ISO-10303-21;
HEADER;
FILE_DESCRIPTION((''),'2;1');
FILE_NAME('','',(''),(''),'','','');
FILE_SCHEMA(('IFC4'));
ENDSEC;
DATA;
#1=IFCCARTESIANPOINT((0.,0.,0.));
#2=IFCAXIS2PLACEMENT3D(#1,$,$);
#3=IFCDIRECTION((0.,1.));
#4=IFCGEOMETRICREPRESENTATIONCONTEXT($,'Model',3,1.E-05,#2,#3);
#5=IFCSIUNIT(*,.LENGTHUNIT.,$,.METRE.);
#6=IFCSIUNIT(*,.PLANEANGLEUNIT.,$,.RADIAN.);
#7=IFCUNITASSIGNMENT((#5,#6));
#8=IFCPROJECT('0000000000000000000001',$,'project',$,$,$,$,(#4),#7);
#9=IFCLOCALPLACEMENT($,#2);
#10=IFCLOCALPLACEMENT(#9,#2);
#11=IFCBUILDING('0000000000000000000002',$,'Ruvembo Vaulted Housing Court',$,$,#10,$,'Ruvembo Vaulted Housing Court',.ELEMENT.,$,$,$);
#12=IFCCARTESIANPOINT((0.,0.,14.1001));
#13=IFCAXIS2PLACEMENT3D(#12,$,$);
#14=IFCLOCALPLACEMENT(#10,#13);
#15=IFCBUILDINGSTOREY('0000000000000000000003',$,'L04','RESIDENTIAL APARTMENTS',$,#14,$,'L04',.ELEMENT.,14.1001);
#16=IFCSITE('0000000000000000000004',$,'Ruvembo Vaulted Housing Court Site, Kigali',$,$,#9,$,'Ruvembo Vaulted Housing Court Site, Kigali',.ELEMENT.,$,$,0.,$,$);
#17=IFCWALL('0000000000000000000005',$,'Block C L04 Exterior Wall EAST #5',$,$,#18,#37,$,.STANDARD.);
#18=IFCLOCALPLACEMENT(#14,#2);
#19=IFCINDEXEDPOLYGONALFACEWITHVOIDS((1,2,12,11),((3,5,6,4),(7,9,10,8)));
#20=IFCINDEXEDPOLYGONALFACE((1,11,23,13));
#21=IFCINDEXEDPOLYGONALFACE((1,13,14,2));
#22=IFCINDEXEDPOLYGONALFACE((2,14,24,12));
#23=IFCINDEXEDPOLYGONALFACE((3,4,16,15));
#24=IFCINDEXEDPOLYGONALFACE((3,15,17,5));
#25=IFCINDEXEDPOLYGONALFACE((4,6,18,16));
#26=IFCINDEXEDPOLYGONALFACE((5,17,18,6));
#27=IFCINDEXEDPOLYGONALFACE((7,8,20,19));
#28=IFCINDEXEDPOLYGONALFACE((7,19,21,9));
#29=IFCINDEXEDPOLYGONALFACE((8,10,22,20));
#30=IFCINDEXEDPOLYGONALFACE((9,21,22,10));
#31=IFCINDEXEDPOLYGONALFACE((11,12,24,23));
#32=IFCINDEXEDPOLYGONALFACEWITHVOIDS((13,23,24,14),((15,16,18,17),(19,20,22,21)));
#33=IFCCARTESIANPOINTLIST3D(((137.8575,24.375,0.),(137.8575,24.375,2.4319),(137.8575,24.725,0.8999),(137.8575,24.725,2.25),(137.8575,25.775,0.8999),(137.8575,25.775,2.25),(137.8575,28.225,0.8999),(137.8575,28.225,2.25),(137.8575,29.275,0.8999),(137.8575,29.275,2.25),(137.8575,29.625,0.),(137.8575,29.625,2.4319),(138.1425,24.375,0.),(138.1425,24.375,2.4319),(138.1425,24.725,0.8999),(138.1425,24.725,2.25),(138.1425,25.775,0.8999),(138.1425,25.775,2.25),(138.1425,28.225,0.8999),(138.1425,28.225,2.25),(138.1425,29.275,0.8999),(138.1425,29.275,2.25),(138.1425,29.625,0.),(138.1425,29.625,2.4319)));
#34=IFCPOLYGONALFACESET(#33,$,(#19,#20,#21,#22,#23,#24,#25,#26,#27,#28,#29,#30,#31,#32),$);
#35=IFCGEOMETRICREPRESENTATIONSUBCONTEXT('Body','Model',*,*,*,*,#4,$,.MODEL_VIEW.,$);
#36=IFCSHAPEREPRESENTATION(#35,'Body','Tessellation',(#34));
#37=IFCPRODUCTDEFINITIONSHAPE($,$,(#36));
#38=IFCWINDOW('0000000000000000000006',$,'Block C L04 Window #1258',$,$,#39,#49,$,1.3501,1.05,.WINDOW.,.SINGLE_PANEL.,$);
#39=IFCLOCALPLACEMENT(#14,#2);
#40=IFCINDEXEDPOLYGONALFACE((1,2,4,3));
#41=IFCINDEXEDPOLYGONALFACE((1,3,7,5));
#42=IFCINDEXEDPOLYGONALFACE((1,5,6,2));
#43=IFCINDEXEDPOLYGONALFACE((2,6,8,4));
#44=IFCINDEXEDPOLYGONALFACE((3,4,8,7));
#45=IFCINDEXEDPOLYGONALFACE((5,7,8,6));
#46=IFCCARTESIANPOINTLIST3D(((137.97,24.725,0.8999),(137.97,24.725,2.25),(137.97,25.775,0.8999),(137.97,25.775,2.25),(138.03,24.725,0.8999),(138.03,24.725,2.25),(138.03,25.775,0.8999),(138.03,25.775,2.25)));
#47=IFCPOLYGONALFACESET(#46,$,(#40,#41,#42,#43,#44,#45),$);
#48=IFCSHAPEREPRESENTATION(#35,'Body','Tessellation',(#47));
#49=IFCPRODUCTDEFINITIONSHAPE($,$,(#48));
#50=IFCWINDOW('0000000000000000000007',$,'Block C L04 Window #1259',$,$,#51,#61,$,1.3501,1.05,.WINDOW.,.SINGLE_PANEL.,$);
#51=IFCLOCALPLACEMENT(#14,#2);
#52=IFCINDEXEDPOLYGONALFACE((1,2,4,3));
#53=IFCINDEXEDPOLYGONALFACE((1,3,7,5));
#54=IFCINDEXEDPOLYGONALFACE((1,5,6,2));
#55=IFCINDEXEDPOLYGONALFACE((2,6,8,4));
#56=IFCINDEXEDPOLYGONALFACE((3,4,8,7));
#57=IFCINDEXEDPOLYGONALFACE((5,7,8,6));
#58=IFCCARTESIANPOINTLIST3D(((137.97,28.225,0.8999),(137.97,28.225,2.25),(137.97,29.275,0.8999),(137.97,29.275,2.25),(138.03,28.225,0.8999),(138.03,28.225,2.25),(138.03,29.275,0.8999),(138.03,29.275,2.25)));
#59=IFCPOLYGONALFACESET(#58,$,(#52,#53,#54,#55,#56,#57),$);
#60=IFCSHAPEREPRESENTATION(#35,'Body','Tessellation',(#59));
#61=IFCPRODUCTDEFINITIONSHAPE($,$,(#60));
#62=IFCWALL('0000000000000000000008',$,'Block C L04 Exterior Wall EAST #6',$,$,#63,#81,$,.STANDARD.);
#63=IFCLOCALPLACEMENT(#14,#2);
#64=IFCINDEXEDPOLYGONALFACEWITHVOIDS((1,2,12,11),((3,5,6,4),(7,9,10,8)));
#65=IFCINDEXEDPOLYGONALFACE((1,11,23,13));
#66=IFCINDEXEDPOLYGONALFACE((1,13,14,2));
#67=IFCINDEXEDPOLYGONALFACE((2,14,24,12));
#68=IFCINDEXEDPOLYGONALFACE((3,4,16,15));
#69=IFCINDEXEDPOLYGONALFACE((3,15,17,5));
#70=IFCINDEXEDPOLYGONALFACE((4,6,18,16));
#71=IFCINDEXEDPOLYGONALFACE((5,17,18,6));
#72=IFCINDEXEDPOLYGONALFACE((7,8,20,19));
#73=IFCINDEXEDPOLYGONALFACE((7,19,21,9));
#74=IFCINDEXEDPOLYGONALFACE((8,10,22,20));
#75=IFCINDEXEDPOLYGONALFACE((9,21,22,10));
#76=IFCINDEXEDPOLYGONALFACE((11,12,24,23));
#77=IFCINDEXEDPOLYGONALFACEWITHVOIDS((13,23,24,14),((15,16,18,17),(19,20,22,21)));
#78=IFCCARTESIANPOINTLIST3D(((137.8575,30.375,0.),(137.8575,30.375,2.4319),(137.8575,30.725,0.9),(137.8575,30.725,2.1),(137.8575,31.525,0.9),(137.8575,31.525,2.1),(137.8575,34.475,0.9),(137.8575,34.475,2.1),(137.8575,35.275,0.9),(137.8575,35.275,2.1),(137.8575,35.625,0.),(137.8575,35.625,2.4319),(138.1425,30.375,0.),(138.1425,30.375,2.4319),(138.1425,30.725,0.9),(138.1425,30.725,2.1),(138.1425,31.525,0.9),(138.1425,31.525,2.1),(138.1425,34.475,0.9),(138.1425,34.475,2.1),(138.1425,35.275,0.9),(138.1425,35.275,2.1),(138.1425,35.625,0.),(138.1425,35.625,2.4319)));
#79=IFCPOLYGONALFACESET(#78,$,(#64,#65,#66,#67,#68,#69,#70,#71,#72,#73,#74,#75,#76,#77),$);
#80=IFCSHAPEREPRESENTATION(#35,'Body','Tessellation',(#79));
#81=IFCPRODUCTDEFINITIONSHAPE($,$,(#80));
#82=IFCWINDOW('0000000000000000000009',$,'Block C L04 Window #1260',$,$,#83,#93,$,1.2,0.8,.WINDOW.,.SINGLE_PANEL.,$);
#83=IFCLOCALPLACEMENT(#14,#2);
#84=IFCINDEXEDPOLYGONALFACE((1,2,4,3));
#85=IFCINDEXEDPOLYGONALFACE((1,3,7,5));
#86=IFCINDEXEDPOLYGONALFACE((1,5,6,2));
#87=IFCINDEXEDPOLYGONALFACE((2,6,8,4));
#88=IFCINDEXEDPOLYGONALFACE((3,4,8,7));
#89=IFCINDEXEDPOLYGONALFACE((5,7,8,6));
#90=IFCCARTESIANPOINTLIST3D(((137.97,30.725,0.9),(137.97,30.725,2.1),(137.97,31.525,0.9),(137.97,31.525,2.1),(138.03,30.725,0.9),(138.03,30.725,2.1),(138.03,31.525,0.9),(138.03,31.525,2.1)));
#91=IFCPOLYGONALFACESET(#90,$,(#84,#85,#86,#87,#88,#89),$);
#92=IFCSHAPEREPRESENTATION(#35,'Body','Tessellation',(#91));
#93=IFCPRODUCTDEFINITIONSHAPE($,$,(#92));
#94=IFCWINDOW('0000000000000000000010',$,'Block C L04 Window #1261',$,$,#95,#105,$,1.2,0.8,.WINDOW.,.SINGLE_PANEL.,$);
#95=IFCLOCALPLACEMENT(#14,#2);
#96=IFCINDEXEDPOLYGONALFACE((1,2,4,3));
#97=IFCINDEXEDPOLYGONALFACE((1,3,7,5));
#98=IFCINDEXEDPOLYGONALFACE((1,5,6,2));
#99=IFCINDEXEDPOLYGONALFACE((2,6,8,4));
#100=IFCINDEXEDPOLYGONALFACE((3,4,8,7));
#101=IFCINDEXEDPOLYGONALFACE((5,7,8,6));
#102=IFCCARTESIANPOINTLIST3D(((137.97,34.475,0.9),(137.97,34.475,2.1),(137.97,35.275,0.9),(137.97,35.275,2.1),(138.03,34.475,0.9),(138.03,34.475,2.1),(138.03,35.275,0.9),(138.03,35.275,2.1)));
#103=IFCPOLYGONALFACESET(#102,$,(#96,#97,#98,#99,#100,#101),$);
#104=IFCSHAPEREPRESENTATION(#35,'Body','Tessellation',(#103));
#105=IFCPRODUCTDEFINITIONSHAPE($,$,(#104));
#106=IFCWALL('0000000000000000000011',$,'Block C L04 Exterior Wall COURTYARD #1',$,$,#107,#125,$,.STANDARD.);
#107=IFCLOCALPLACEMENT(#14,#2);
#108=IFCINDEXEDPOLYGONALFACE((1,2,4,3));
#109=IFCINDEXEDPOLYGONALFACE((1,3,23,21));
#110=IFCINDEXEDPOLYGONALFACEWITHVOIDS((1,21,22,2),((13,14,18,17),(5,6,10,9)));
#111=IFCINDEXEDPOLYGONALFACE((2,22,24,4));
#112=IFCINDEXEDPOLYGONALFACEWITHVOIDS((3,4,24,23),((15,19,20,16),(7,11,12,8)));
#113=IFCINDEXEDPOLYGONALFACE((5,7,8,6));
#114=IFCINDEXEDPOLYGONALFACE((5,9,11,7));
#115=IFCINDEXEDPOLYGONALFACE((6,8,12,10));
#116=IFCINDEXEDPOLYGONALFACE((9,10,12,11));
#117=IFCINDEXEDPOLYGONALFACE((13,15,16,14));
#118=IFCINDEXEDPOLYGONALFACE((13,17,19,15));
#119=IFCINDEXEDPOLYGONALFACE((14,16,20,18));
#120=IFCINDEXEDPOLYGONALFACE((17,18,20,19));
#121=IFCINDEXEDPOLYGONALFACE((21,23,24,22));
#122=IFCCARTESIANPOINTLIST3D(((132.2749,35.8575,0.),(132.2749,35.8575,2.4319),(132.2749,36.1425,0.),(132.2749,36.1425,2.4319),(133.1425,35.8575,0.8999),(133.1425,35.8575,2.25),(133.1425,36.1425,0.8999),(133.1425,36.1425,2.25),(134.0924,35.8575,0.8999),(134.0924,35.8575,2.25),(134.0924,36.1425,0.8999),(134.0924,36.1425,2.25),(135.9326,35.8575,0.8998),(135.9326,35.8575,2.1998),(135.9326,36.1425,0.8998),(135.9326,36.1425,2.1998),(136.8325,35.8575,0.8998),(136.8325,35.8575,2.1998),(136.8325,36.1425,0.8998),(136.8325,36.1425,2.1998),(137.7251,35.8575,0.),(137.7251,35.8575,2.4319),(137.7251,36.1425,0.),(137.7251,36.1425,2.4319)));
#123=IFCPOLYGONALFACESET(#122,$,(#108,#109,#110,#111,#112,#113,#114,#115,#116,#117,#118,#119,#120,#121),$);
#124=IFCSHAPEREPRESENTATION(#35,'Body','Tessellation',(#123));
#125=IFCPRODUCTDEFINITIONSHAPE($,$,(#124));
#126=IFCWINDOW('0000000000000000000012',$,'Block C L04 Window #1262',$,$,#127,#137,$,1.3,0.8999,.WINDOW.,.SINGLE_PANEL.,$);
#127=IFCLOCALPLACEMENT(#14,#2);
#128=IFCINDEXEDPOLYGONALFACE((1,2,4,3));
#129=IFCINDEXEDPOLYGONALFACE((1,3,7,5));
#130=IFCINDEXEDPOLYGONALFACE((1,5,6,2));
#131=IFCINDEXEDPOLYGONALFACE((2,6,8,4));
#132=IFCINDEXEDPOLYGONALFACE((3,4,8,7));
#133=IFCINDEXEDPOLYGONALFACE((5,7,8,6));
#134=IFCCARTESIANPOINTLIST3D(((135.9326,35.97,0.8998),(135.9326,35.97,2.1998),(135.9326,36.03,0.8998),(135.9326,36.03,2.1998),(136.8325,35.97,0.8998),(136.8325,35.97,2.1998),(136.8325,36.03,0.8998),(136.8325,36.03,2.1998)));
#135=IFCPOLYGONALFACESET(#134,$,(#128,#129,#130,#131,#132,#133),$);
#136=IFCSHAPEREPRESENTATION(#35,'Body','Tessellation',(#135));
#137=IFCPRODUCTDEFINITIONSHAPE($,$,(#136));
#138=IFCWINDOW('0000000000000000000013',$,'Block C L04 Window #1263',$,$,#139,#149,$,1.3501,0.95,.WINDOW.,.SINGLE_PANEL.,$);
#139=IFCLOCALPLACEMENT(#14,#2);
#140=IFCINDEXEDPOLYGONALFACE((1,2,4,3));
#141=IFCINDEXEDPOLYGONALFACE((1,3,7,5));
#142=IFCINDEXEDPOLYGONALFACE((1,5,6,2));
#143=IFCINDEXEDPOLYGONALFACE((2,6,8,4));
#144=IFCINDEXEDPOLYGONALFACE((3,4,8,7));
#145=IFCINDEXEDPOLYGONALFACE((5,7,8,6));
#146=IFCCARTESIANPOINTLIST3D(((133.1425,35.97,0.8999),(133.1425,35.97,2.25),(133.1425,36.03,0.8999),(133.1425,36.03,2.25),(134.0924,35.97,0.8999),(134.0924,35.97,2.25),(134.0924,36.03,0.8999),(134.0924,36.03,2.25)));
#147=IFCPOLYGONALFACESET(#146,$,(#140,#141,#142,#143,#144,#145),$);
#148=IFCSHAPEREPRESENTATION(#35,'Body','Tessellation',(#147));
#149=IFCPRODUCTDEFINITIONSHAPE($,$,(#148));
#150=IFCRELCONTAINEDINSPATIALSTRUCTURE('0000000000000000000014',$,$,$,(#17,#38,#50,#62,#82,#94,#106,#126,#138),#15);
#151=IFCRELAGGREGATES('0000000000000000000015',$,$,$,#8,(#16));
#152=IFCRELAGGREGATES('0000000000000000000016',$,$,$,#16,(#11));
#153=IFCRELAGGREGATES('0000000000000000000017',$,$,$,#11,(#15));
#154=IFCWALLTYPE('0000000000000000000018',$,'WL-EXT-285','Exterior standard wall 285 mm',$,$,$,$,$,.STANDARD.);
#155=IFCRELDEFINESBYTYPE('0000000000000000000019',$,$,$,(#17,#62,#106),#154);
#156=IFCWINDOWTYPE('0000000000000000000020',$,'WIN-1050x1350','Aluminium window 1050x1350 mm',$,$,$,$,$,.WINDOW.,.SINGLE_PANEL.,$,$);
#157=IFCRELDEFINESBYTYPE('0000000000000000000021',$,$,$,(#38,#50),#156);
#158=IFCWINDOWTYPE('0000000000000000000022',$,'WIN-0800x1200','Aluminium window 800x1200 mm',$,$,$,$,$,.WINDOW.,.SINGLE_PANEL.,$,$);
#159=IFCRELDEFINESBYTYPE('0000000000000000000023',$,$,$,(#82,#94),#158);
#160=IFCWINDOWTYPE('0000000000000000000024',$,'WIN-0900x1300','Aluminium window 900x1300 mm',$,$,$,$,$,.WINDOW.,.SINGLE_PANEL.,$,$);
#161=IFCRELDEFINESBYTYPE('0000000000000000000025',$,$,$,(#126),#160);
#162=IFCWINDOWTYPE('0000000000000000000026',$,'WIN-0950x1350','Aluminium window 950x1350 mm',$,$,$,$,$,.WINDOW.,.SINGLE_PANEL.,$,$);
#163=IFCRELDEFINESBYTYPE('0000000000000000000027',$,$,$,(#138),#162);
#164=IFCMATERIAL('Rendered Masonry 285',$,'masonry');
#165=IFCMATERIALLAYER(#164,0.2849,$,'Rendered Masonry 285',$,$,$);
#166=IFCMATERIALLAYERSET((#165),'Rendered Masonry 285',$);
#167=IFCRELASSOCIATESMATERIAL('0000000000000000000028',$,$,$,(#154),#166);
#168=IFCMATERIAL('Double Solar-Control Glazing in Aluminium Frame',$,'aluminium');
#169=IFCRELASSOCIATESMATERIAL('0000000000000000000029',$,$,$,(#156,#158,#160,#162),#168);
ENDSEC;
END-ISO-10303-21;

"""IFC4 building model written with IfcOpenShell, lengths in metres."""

from ifc_helpers import new_model, si_unit, direction, frame, frame_2d, origin, place, context, subcontext, project, spatial, rectangle, extrude, material, layer, layer_set, type_object, element, fill, save


model = new_model("IFC4")

# Units and contexts
model_context = context("Model", 3, precision=1e-05, world=origin(), true_north=direction((0.0, 1.0)))
body_context = subcontext(model_context, "Body", "Model", "MODEL_VIEW")
ifc_project = project(units=[si_unit("LENGTHUNIT", "METRE"), si_unit("PLANEANGLEUNIT", "RADIAN")], contexts=[model_context])

# Site, building, storey
site_placement = place(None, origin())
site = spatial("IfcSite", under=ifc_project, at=site_placement, Name="Ruvembo Vaulted Housing Court Site, Kigali", LongName="Ruvembo Vaulted Housing Court Site, Kigali", CompositionType="ELEMENT", RefElevation=0.0)
building_placement = place(site_placement, origin())
building = spatial("IfcBuilding", under=site, at=building_placement, Name="Ruvembo Vaulted Housing Court", LongName="Ruvembo Vaulted Housing Court", CompositionType="ELEMENT")
storey_placement = place(building_placement, frame((0.0, 0.0, 14.1001)))
storey = spatial("IfcBuildingStorey", under=building, at=storey_placement, Name="L04", Description="RESIDENTIAL APARTMENTS", LongName="L04", CompositionType="ELEMENT", Elevation=14.1001)

# Walls, openings, windows
ifc_material_1 = material(Name="Rendered Masonry 285", Category="masonry")
ifc_layer = layer(ifc_material_1, 0.2849, Name="Rendered Masonry 285")
ifc_layer_set = layer_set([ifc_layer], Name="Rendered Masonry 285")
wall_type = type_object("IfcWallType", Name="WL-EXT-285", Description="Exterior standard wall 285 mm", PredefinedType="STANDARD", material=ifc_layer_set)
wall_1_placement = place(storey_placement, frame((138.0, 24.375, 0.0), z_axis=(0.0, 0.0, 1.0), x_axis=(0.0, 1.0, 0.0)))
wall_1 = element("IfcWall", 1, at=wall_1_placement, inside=storey, type_object=wall_type, Name="Block C L04 Exterior Wall EAST #5", PredefinedType="STANDARD", context=body_context, shape_type="SweptSolid", body=[
    extrude(rectangle(XDim=5.25, YDim=0.2849, at=frame_2d((2.625, 0.0))), origin(), (0.0, 0.0, 1.0), 2.4319),
])
opening_1_placement = place(wall_1_placement, frame((0.3501, 0.0, 0.8999)))
opening_1 = element("IfcOpeningElement", 2, at=opening_1_placement, cuts=wall_1, PredefinedType="OPENING", context=body_context, shape_type="SweptSolid", body=[
    extrude(rectangle(XDim=1.05, YDim=1.3501, at=frame_2d((0.5249, 0.675))), frame((0.0, 0.1523, 0.0), z_axis=(0.0, -1.0, 0.0), x_axis=(1.0, 0.0, 0.0)), (0.0, 0.0, 1.0), 0.3049),
])
opening_2_placement = place(wall_1_placement, frame((3.8501, 0.0, 0.8999)))
opening_2 = element("IfcOpeningElement", 3, at=opening_2_placement, cuts=wall_1, PredefinedType="OPENING", context=body_context, shape_type="SweptSolid", body=[
    extrude(rectangle(XDim=1.05, YDim=1.3501, at=frame_2d((0.5249, 0.675))), frame((0.0, 0.1523, 0.0), z_axis=(0.0, -1.0, 0.0), x_axis=(1.0, 0.0, 0.0)), (0.0, 0.0, 1.0), 0.3049),
])
ifc_material_2 = material(Name="Double Solar-Control Glazing in Aluminium Frame", Category="aluminium")
window_type_1 = type_object("IfcWindowType", Name="WIN-1050x1350", Description="Aluminium window 1050x1350 mm", PartitioningType="SINGLE_PANEL", PredefinedType="WINDOW", material=ifc_material_2)
window_1_placement = place(opening_1_placement, origin())
window_1 = element("IfcWindow", 4, at=window_1_placement, inside=storey, type_object=window_type_1, Name="Block C L04 Window #1258", OverallHeight=1.3501, OverallWidth=1.05, PartitioningType="SINGLE_PANEL", PredefinedType="WINDOW", context=body_context, shape_type="SweptSolid", body=[
    extrude(rectangle(XDim=1.05, YDim=1.3501, at=frame_2d((0.5249, 0.675))), frame((0.0, 0.03, 0.0), z_axis=(0.0, -1.0, 0.0), x_axis=(1.0, 0.0, 0.0)), (0.0, 0.0, 1.0), 0.0601),
])
fill(opening_1, window_1)
window_2_placement = place(opening_2_placement, origin())
window_2 = element("IfcWindow", 5, at=window_2_placement, inside=storey, type_object=window_type_1, Name="Block C L04 Window #1259", OverallHeight=1.3501, OverallWidth=1.05, PartitioningType="SINGLE_PANEL", PredefinedType="WINDOW", context=body_context, shape_type="SweptSolid", body=[
    extrude(rectangle(XDim=1.05, YDim=1.3501, at=frame_2d((0.5249, 0.675))), frame((0.0, 0.03, 0.0), z_axis=(0.0, -1.0, 0.0), x_axis=(1.0, 0.0, 0.0)), (0.0, 0.0, 1.0), 0.0601),
])
fill(opening_2, window_2)
wall_2_placement = place(storey_placement, frame((138.0, 30.375, 0.0), z_axis=(0.0, 0.0, 1.0), x_axis=(0.0, 1.0, 0.0)))
wall_2 = element("IfcWall", 6, at=wall_2_placement, inside=storey, type_object=wall_type, Name="Block C L04 Exterior Wall EAST #6", PredefinedType="STANDARD", context=body_context, shape_type="SweptSolid", body=[
    extrude(rectangle(XDim=5.25, YDim=0.2849, at=frame_2d((2.625, 0.0))), origin(), (0.0, 0.0, 1.0), 2.4319),
])
opening_3_placement = place(wall_2_placement, frame((0.3501, 0.0, 0.8999)))
opening_3 = element("IfcOpeningElement", 7, at=opening_3_placement, cuts=wall_2, PredefinedType="OPENING", context=body_context, shape_type="SweptSolid", body=[
    extrude(rectangle(XDim=0.8, YDim=1.2, at=frame_2d((0.3999, 0.6001))), frame((0.0, 0.1523, 0.0), z_axis=(0.0, -1.0, 0.0), x_axis=(1.0, 0.0, 0.0)), (0.0, 0.0, 1.0), 0.3049),
])
opening_4_placement = place(wall_2_placement, frame((4.1001, 0.0, 0.8999)))
opening_4 = element("IfcOpeningElement", 8, at=opening_4_placement, cuts=wall_2, PredefinedType="OPENING", context=body_context, shape_type="SweptSolid", body=[
    extrude(rectangle(XDim=0.8, YDim=1.2, at=frame_2d((0.3999, 0.6001))), frame((0.0, 0.1523, 0.0), z_axis=(0.0, -1.0, 0.0), x_axis=(1.0, 0.0, 0.0)), (0.0, 0.0, 1.0), 0.3049),
])
window_type_2 = type_object("IfcWindowType", Name="WIN-0800x1200", Description="Aluminium window 800x1200 mm", PartitioningType="SINGLE_PANEL", PredefinedType="WINDOW", material=ifc_material_2)
window_3_placement = place(opening_3_placement, origin())
window_3 = element("IfcWindow", 9, at=window_3_placement, inside=storey, type_object=window_type_2, Name="Block C L04 Window #1260", OverallHeight=1.2, OverallWidth=0.8, PartitioningType="SINGLE_PANEL", PredefinedType="WINDOW", context=body_context, shape_type="SweptSolid", body=[
    extrude(rectangle(XDim=0.8, YDim=1.2, at=frame_2d((0.3999, 0.6001))), frame((0.0, 0.03, 0.0), z_axis=(0.0, -1.0, 0.0), x_axis=(1.0, 0.0, 0.0)), (0.0, 0.0, 1.0), 0.0601),
])
fill(opening_3, window_3)
window_4_placement = place(opening_4_placement, origin())
window_4 = element("IfcWindow", 10, at=window_4_placement, inside=storey, type_object=window_type_2, Name="Block C L04 Window #1261", OverallHeight=1.2, OverallWidth=0.8, PartitioningType="SINGLE_PANEL", PredefinedType="WINDOW", context=body_context, shape_type="SweptSolid", body=[
    extrude(rectangle(XDim=0.8, YDim=1.2, at=frame_2d((0.3999, 0.6001))), frame((0.0, 0.03, 0.0), z_axis=(0.0, -1.0, 0.0), x_axis=(1.0, 0.0, 0.0)), (0.0, 0.0, 1.0), 0.0601),
])
fill(opening_4, window_4)
wall_3_placement = place(storey_placement, frame((137.7251, 36.0, 0.0), z_axis=(0.0, 0.0, 1.0), x_axis=(-1.0, 0.0, 0.0)))
wall_3 = element("IfcWall", 11, at=wall_3_placement, inside=storey, type_object=wall_type, Name="Block C L04 Exterior Wall COURTYARD #1", PredefinedType="STANDARD", context=body_context, shape_type="SweptSolid", body=[
    extrude(rectangle(XDim=5.4502, YDim=0.2849, at=frame_2d((2.7251, 0.0))), origin(), (0.0, 0.0, 1.0), 2.4319),
])
opening_5_placement = place(wall_3_placement, frame((0.8926, 0.0, 0.8999)))
opening_5 = element("IfcOpeningElement", 12, at=opening_5_placement, cuts=wall_3, PredefinedType="OPENING", context=body_context, shape_type="SweptSolid", body=[
    extrude(rectangle(XDim=0.8999, YDim=1.3, at=frame_2d((0.45, 0.6499))), frame((0.0, 0.1523, 0.0), z_axis=(0.0, -1.0, 0.0), x_axis=(1.0, 0.0, 0.0)), (0.0, 0.0, 1.0), 0.3049),
])
opening_6_placement = place(wall_3_placement, frame((3.6326, 0.0, 0.8999)))
opening_6 = element("IfcOpeningElement", 13, at=opening_6_placement, cuts=wall_3, PredefinedType="OPENING", context=body_context, shape_type="SweptSolid", body=[
    extrude(rectangle(XDim=0.95, YDim=1.3501, at=frame_2d((0.4751, 0.675))), frame((0.0, 0.1523, 0.0), z_axis=(0.0, -1.0, 0.0), x_axis=(1.0, 0.0, 0.0)), (0.0, 0.0, 1.0), 0.3049),
])
window_type_3 = type_object("IfcWindowType", Name="WIN-0900x1300", Description="Aluminium window 900x1300 mm", PartitioningType="SINGLE_PANEL", PredefinedType="WINDOW", material=ifc_material_2)
window_5_placement = place(opening_5_placement, origin())
window_5 = element("IfcWindow", 14, at=window_5_placement, inside=storey, type_object=window_type_3, Name="Block C L04 Window #1262", OverallHeight=1.3, OverallWidth=0.8999, PartitioningType="SINGLE_PANEL", PredefinedType="WINDOW", context=body_context, shape_type="SweptSolid", body=[
    extrude(rectangle(XDim=0.8999, YDim=1.3, at=frame_2d((0.45, 0.6499))), frame((0.0, 0.03, 0.0), z_axis=(0.0, -1.0, 0.0), x_axis=(1.0, 0.0, 0.0)), (0.0, 0.0, 1.0), 0.0601),
])
fill(opening_5, window_5)
window_type_4 = type_object("IfcWindowType", Name="WIN-0950x1350", Description="Aluminium window 950x1350 mm", PartitioningType="SINGLE_PANEL", PredefinedType="WINDOW", material=ifc_material_2)
window_6_placement = place(opening_6_placement, origin())
window_6 = element("IfcWindow", 15, at=window_6_placement, inside=storey, type_object=window_type_4, Name="Block C L04 Window #1263", OverallHeight=1.3501, OverallWidth=0.95, PartitioningType="SINGLE_PANEL", PredefinedType="WINDOW", context=body_context, shape_type="SweptSolid", body=[
    extrude(rectangle(XDim=0.95, YDim=1.3501, at=frame_2d((0.4751, 0.675))), frame((0.0, 0.03, 0.0), z_axis=(0.0, -1.0, 0.0), x_axis=(1.0, 0.0, 0.0)), (0.0, 0.0, 1.0), 0.0601),
])
fill(opening_6, window_6)

save(model, "model.ifc")
